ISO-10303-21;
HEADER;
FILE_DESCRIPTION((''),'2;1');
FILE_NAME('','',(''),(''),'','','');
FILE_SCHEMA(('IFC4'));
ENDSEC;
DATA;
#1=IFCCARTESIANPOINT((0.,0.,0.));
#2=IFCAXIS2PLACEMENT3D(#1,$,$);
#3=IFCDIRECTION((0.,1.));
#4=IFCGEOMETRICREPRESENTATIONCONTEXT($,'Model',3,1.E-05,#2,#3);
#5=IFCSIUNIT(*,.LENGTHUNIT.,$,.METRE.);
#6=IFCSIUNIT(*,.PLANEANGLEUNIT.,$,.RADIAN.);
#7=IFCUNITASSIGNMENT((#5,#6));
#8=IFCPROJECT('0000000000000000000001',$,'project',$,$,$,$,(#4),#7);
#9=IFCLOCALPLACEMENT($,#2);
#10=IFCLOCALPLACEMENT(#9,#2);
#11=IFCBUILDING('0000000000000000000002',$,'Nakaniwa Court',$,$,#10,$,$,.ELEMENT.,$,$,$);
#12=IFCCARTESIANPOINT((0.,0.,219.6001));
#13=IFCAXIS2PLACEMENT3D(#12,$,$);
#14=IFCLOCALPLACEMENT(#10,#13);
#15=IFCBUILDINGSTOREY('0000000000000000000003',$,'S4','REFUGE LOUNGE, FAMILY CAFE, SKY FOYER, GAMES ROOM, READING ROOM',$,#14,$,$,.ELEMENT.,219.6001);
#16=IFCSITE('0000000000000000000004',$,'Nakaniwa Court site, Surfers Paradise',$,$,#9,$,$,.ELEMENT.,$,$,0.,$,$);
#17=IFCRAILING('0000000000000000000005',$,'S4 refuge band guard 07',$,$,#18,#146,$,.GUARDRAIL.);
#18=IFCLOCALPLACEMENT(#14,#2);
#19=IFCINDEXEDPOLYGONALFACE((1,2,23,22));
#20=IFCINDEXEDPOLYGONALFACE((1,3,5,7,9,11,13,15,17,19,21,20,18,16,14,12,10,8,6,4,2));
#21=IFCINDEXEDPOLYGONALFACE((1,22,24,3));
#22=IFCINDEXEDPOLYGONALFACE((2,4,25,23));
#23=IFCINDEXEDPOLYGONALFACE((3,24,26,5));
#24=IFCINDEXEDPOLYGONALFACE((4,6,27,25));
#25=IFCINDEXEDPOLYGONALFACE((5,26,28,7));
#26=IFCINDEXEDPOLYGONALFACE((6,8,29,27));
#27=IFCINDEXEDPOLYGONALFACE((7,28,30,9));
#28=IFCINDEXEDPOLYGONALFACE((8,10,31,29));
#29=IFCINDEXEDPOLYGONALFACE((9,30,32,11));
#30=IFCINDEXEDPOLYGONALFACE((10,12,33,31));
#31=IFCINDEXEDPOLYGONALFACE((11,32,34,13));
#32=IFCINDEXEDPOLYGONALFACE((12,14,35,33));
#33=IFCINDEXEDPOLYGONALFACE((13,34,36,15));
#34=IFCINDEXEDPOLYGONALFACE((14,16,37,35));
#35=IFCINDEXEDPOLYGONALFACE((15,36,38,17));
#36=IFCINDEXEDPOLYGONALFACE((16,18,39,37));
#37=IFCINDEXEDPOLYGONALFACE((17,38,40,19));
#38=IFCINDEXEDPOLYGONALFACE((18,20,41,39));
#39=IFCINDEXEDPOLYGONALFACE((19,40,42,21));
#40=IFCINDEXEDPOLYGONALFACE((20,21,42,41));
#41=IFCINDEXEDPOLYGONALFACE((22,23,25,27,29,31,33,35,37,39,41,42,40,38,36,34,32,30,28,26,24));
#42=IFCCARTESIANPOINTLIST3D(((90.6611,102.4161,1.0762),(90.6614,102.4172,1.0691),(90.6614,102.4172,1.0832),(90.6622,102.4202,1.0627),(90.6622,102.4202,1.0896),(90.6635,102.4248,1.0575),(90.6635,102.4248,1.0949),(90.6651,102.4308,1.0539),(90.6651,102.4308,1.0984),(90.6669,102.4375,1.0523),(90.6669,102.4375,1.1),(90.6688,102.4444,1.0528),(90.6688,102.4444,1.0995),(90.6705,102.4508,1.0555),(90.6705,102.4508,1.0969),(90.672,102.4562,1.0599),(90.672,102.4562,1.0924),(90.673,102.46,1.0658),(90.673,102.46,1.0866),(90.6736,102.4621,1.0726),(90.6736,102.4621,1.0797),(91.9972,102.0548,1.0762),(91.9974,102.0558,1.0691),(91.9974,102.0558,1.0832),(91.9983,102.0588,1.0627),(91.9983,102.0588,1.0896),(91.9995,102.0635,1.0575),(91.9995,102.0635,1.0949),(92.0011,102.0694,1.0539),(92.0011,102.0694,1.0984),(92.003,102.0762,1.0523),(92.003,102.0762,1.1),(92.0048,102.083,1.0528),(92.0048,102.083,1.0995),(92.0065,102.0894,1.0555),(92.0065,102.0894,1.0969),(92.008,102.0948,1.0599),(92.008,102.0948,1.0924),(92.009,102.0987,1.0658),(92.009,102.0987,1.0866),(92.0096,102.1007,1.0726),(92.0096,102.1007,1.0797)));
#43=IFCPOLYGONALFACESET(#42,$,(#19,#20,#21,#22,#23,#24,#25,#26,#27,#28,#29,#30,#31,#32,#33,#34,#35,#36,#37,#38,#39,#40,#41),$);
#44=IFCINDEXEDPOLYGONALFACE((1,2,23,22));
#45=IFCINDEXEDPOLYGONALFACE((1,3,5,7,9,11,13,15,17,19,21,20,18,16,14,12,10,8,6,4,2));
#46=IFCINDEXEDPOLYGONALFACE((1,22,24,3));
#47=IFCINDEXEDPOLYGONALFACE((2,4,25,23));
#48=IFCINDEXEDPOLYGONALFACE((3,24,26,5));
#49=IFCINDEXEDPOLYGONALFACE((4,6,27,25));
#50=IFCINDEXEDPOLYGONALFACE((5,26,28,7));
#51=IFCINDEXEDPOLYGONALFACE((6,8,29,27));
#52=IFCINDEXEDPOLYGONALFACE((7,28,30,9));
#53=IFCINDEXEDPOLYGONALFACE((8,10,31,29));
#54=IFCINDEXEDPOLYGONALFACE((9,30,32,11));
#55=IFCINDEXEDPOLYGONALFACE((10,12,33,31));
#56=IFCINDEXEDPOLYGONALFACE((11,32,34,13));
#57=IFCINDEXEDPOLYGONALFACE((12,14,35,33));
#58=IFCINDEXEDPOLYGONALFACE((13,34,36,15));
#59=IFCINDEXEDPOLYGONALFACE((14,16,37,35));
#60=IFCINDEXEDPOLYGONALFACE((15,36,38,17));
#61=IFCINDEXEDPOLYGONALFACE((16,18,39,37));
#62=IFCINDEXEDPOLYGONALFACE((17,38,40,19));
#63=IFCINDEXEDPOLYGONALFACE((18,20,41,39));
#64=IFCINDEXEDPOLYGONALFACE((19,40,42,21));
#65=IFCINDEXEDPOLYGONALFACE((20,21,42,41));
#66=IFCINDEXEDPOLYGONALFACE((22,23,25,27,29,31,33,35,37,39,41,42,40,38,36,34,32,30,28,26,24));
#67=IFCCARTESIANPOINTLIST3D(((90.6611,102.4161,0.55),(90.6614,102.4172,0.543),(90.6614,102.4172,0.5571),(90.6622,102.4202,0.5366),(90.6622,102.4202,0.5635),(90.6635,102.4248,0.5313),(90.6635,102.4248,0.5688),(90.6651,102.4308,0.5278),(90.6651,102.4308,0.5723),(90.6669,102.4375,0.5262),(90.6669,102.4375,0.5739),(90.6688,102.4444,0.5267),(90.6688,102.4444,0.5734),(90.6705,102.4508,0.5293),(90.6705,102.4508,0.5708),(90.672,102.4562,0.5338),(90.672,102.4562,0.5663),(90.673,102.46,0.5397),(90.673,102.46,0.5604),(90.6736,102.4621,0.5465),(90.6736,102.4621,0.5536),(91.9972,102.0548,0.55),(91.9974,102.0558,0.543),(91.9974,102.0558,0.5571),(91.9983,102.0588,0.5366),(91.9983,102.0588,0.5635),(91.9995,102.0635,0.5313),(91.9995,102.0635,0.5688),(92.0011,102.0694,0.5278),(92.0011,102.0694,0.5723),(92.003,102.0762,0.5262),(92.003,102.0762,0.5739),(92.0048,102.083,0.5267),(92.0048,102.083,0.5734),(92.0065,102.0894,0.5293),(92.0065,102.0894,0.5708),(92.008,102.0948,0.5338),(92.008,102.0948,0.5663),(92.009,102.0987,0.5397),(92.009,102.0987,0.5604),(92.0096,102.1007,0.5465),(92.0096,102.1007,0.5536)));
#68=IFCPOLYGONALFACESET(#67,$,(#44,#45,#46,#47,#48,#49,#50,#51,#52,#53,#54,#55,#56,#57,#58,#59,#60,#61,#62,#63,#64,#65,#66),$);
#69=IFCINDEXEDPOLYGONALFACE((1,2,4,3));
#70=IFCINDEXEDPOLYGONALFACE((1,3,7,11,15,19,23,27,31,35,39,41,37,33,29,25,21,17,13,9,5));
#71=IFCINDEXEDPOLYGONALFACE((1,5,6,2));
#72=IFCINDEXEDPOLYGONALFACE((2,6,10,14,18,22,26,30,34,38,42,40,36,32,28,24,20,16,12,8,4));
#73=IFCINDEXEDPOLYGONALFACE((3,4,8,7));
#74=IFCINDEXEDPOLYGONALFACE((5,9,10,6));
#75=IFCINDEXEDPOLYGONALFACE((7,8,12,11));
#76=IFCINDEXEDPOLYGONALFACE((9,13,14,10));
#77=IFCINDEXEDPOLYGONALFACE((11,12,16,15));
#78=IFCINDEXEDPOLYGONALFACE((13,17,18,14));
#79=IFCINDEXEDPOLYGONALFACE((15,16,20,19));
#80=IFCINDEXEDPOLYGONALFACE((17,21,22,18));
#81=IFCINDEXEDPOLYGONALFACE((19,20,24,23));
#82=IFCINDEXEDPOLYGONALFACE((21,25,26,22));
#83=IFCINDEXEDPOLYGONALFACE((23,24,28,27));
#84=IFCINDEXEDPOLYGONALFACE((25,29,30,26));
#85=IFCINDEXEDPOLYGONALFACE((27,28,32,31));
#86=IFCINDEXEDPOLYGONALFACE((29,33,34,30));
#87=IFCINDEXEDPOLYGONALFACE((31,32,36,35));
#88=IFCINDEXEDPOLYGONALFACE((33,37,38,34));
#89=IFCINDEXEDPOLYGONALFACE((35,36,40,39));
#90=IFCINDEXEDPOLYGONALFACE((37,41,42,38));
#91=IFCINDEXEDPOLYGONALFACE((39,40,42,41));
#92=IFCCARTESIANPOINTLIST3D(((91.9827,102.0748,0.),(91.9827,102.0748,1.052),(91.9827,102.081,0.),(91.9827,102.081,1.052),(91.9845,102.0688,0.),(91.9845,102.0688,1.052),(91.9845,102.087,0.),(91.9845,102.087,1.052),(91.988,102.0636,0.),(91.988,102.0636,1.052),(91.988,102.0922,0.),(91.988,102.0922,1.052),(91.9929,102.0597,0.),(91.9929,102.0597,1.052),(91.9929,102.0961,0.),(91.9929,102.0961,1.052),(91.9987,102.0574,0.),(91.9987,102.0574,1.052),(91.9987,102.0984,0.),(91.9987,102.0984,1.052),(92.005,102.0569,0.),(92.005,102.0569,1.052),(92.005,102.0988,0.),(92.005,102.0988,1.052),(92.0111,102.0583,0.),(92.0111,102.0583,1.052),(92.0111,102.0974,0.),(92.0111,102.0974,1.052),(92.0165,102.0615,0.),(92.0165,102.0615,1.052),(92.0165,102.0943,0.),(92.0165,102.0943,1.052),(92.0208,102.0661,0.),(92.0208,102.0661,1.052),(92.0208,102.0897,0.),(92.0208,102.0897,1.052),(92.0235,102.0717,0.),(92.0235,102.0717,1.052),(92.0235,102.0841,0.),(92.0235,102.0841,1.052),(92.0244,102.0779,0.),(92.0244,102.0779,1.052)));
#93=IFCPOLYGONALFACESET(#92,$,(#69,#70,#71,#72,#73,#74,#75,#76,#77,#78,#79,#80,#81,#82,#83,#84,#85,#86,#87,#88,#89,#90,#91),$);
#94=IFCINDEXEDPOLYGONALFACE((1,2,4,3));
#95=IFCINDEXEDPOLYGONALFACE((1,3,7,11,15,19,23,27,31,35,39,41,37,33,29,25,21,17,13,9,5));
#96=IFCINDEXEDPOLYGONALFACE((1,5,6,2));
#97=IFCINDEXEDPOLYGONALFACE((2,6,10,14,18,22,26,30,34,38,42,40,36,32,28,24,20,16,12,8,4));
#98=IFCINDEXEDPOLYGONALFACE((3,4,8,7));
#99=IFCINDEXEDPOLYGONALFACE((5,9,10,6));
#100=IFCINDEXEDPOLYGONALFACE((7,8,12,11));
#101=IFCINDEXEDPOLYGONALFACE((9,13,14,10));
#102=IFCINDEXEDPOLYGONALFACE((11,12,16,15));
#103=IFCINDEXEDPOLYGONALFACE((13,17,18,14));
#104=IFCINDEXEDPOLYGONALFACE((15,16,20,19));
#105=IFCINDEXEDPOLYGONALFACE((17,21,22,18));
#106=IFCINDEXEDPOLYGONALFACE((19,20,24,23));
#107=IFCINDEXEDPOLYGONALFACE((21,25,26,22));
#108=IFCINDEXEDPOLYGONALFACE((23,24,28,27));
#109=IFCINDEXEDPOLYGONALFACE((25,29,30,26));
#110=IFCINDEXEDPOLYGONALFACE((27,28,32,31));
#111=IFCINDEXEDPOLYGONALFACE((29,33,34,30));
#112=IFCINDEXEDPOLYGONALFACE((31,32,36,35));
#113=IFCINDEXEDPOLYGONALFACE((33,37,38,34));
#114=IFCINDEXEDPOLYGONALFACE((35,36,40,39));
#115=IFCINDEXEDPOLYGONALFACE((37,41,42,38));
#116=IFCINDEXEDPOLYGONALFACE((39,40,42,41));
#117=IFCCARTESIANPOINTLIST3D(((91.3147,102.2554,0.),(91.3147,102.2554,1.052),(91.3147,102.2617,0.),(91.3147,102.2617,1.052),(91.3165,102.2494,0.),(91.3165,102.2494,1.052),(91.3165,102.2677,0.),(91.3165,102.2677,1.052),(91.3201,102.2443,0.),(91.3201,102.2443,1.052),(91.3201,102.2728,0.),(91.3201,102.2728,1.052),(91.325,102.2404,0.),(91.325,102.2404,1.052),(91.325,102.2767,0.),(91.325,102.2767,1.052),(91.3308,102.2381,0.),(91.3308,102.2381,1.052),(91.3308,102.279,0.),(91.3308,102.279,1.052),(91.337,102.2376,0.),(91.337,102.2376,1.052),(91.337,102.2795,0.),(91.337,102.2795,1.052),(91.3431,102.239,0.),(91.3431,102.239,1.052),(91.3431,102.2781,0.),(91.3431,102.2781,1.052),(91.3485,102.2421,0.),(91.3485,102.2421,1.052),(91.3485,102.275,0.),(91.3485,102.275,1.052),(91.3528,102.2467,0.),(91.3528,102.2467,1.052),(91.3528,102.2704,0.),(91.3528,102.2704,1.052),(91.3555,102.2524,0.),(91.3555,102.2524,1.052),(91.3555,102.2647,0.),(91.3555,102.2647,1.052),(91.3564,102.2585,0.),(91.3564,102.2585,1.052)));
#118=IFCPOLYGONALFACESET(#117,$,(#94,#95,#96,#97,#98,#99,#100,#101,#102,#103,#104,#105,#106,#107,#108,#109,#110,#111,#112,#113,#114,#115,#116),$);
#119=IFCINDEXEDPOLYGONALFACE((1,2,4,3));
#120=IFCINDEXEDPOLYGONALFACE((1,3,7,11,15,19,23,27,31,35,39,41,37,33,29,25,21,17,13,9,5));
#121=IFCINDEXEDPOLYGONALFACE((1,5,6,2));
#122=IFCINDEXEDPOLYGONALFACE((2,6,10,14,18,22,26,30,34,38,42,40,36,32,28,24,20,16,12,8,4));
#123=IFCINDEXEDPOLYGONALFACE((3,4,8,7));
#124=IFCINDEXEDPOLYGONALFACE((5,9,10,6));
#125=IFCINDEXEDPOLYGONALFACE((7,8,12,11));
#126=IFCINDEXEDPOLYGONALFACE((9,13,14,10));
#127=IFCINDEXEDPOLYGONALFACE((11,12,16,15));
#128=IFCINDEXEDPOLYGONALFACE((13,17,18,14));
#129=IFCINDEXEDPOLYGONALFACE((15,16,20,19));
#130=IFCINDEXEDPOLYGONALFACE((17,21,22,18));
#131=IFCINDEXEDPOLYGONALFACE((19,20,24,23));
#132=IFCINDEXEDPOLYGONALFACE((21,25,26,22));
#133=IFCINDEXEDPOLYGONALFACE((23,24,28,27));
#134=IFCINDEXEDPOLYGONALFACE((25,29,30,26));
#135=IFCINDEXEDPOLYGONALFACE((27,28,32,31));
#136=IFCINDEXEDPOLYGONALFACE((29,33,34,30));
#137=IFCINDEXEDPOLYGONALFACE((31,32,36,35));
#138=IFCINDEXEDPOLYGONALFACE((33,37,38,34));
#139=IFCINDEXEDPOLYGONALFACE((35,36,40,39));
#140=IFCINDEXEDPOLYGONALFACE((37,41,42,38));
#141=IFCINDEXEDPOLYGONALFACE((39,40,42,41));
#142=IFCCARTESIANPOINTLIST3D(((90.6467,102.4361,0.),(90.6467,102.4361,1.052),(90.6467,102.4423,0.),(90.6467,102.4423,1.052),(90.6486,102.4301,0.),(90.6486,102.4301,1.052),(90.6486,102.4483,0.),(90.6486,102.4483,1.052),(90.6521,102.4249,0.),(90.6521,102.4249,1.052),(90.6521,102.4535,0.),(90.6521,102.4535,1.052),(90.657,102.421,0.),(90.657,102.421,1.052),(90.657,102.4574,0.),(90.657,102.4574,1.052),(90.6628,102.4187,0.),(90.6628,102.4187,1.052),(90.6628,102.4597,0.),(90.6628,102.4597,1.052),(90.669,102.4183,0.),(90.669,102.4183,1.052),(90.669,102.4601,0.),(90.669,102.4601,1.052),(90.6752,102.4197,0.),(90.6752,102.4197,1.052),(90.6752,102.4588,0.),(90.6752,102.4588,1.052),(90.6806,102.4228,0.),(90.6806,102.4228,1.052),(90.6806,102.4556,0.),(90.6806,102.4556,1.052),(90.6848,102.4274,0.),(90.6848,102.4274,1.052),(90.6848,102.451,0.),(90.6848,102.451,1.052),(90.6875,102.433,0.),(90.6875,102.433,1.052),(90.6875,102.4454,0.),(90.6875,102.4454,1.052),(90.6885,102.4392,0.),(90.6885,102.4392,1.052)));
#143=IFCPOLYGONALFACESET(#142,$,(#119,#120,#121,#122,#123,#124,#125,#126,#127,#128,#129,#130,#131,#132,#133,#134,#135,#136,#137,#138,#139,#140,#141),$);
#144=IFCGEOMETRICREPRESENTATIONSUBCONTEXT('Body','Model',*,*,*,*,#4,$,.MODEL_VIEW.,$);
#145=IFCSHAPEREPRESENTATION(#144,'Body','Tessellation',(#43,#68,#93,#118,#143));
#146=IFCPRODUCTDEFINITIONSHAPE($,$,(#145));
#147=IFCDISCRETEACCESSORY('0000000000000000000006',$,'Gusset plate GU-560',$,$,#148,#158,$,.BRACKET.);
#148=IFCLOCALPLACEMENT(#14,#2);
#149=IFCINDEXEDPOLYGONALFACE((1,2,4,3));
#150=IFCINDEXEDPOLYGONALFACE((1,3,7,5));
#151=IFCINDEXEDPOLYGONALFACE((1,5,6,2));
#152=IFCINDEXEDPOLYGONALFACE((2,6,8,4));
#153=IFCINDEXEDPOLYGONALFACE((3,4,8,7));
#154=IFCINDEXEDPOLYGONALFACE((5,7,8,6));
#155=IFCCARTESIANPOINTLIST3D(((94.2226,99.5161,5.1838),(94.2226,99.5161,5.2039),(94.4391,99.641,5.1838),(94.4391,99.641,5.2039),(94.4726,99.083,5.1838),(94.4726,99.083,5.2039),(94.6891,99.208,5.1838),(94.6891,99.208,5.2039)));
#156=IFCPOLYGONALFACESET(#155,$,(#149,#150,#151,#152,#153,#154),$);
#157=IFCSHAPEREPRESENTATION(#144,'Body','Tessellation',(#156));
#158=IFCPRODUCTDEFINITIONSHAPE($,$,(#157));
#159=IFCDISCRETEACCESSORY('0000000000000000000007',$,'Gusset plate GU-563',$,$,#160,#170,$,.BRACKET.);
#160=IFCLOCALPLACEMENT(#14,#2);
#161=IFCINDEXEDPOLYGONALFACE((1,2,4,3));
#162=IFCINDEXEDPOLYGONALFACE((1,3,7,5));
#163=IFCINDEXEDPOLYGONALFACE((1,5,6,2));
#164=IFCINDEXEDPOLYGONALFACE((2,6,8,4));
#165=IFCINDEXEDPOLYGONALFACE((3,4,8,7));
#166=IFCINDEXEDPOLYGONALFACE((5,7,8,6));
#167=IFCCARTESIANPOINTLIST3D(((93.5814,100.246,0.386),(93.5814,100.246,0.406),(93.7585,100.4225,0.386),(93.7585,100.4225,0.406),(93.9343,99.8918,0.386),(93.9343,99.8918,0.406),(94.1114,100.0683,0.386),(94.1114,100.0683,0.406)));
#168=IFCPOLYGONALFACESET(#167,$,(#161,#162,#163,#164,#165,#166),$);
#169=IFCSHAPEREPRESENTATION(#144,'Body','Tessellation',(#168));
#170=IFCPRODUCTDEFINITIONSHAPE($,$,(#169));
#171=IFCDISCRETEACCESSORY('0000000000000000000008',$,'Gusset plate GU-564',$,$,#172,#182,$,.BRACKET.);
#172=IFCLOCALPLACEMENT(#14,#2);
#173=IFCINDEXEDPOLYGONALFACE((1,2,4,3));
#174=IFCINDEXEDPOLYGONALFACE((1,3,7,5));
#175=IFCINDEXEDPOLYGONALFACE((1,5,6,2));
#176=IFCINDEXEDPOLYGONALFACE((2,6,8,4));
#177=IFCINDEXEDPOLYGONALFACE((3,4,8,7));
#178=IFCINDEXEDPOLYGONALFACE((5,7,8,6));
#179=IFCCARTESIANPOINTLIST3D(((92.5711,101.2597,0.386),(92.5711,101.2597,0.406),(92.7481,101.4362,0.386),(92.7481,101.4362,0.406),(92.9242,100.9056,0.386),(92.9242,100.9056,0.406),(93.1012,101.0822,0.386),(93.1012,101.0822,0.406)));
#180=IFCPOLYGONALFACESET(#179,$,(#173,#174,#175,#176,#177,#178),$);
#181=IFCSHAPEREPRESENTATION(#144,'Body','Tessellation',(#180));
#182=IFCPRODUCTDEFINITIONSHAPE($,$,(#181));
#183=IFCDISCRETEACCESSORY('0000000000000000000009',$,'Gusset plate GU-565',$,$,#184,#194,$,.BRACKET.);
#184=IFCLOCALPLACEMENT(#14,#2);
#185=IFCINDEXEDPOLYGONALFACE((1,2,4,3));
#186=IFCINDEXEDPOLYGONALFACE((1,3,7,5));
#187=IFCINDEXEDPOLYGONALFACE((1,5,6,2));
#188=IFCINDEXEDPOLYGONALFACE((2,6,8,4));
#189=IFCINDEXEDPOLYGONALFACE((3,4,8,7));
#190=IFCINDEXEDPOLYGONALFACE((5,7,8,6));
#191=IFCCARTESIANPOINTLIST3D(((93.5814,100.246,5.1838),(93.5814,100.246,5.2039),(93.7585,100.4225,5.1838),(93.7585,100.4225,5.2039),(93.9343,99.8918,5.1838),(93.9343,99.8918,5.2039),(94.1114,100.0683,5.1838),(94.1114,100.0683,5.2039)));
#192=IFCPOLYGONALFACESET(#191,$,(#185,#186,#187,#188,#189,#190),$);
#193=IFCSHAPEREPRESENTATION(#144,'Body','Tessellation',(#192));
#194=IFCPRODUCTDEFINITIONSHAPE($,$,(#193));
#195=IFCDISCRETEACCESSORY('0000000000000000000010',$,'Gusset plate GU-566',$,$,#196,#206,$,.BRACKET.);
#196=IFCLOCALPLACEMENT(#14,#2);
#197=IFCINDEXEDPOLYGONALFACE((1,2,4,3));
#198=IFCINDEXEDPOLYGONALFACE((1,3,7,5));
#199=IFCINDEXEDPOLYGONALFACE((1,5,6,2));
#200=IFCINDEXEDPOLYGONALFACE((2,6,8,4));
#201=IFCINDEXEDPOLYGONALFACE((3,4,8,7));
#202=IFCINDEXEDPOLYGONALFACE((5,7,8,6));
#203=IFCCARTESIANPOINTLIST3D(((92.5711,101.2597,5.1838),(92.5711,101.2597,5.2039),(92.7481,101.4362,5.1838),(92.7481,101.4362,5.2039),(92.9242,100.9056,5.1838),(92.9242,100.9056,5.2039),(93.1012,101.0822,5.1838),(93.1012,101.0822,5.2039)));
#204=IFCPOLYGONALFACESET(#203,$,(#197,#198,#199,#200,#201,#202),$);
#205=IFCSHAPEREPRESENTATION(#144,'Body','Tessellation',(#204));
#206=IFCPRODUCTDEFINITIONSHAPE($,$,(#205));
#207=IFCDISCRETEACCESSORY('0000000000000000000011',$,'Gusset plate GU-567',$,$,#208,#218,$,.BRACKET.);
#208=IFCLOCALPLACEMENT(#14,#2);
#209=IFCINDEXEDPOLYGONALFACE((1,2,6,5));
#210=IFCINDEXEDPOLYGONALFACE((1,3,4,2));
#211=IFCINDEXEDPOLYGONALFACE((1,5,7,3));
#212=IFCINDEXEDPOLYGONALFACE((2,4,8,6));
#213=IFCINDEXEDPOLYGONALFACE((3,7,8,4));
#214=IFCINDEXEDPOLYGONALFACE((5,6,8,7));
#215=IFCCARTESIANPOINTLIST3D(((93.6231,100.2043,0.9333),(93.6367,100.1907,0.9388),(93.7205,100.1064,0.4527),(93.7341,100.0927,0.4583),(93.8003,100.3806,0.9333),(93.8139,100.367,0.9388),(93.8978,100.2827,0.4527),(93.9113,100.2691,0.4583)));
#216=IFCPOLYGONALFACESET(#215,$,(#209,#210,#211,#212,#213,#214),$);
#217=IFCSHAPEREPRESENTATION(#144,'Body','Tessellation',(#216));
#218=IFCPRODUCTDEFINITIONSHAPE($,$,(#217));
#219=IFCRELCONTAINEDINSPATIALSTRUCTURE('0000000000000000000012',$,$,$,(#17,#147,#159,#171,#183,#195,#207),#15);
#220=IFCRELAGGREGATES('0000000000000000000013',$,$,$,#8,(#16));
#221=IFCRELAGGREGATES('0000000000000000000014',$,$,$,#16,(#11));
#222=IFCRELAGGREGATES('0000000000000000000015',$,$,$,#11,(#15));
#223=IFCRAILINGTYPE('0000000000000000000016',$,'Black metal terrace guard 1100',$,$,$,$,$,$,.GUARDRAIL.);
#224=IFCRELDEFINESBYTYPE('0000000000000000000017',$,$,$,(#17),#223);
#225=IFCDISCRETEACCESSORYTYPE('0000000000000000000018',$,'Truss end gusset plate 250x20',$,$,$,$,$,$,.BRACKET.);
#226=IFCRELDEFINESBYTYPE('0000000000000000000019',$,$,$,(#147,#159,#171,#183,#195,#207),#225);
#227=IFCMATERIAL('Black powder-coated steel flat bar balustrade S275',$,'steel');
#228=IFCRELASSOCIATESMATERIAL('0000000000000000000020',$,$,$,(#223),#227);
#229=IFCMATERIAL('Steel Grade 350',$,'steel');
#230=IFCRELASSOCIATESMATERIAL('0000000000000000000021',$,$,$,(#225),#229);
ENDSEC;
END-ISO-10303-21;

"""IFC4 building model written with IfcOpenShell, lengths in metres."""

from ifc_helpers import new_model, si_unit, direction, frame, origin, origin_2d, place, context, subcontext, project, spatial, rectangle, circle, extrude, material, material_profile, profile_set, type_object, element, save


model = new_model("IFC4")

# Units and contexts
model_context = context("Model", 3, precision=1e-05, world=origin(), true_north=direction((0.0, 1.0)))
body_context = subcontext(model_context, "Body", "Model", "MODEL_VIEW")
ifc_project = project(units=[si_unit("LENGTHUNIT", "METRE"), si_unit("PLANEANGLEUNIT", "RADIAN")], contexts=[model_context])

# Site, building, storey
site_placement = place(None, origin())
site = spatial("IfcSite", under=ifc_project, at=site_placement, Name="Nakaniwa Court site, Surfers Paradise", CompositionType="ELEMENT", RefElevation=0.0)
building_placement = place(site_placement, origin())
building = spatial("IfcBuilding", under=site, at=building_placement, Name="Nakaniwa Court", CompositionType="ELEMENT")
storey_placement = place(building_placement, frame((0.0, 0.0, 219.6001)))
storey = spatial("IfcBuildingStorey", under=building, at=storey_placement, Name="S4", Description="REFUGE LOUNGE, FAMILY CAFE, SKY FOYER, GAMES ROOM, READING ROOM", CompositionType="ELEMENT", Elevation=219.6001)

# Shared definitions
ifc_material_1 = material(Name="Steel Grade 350", Category="steel")

# Railing
ifc_material_2 = material(Name="Black powder-coated steel flat bar balustrade S275", Category="steel")
railing_type = type_object("IfcRailingType", Name="Black metal terrace guard 1100", PredefinedType="GUARDRAIL", material=ifc_material_2)
railing_1_placement = place(storey_placement, frame((92.0034, 102.0779, 0.0)))
element("IfcRailing", 1, at=railing_1_placement, inside=storey, type_object=railing_type, Name="S4 refuge band guard 07", PredefinedType="GUARDRAIL", context=body_context, shape_type="SweptSolid", body=[
    extrude(circle(Radius=0.0239, at=origin_2d()), frame((0.0, 0.0, 1.0762), z_axis=(-0.965315, 0.261087, 0.0), x_axis=(-0.261087, -0.965315, 0.0)), (0.0, 0.0, 1.0), 1.384),
    extrude(circle(Radius=0.0239, at=origin_2d()), frame((0.0, 0.0, 0.55), z_axis=(-0.965315, 0.261087, 0.0), x_axis=(-0.261087, -0.965315, 0.0)), (0.0, 0.0, 1.0), 1.384),
    extrude(circle(Radius=0.021, at=origin_2d()), origin(), (0.0, 0.0, 1.0), 1.052),
    extrude(circle(Radius=0.021, at=origin_2d()), frame((-0.668, 0.1807, 0.0)), (0.0, 0.0, 1.0), 1.052),
    extrude(circle(Radius=0.021, at=origin_2d()), frame((-1.3359, 0.3613, 0.0)), (0.0, 0.0, 1.0), 1.052),
])

# Discrete accessories
ifc_material_profile_1 = material_profile(ifc_material_1, rectangle(XDim=0.25, YDim=0.02, at=origin_2d()), Name="Truss end gusset plate 250x20")
ifc_profile_set_1 = profile_set([ifc_material_profile_1], Name="Steel Grade 350")
discrete_accessory_type = type_object("IfcDiscreteAccessoryType", Name="Truss end gusset plate 250x20", PredefinedType="BRACKET", material=ifc_profile_set_1)
for number, where, z_axis, x_axis, name in (
    (2, (94.5808, 99.1455, 5.1938), (-0.49992, 0.866072, 0.0), (-0.866072, -0.49992, 0.0), "Gusset plate GU-560"),
    (3, (93.6699, 100.3342, 0.396), (0.705885, -0.708326, 0.0), (0.708326, 0.705885, 0.0), "Gusset plate GU-563"),
    (4, (93.0127, 100.9939, 0.396), (-0.706129, 0.708083, 0.0), (-0.708083, -0.706129, 0.0), "Gusset plate GU-564"),
    (5, (93.6699, 100.3342, 5.1938), (0.705885, -0.708326, 0.0), (0.708326, 0.705885, 0.0), "Gusset plate GU-565"),
    (6, (93.0127, 100.9939, 5.1938), (-0.706129, 0.708083, 0.0), (-0.708083, -0.706129, 0.0), "Gusset plate GU-566"),
    (7, (93.7185, 100.2856, 0.936), (0.194854, -0.195831, -0.961084), (0.708872, 0.705337, 0.0), "Gusset plate GU-567"),
):
    element("IfcDiscreteAccessory", number, at=place(storey_placement, frame(where, z_axis=z_axis, x_axis=x_axis)), inside=storey, type_object=discrete_accessory_type, Name=name, PredefinedType="BRACKET", context=body_context, shape_type="SweptSolid", body=[
        extrude(rectangle(XDim=0.25, YDim=0.02, at=origin_2d()), origin(), (0.0, 0.0, 1.0), 0.5),
    ])

save(model, "model.ifc")
